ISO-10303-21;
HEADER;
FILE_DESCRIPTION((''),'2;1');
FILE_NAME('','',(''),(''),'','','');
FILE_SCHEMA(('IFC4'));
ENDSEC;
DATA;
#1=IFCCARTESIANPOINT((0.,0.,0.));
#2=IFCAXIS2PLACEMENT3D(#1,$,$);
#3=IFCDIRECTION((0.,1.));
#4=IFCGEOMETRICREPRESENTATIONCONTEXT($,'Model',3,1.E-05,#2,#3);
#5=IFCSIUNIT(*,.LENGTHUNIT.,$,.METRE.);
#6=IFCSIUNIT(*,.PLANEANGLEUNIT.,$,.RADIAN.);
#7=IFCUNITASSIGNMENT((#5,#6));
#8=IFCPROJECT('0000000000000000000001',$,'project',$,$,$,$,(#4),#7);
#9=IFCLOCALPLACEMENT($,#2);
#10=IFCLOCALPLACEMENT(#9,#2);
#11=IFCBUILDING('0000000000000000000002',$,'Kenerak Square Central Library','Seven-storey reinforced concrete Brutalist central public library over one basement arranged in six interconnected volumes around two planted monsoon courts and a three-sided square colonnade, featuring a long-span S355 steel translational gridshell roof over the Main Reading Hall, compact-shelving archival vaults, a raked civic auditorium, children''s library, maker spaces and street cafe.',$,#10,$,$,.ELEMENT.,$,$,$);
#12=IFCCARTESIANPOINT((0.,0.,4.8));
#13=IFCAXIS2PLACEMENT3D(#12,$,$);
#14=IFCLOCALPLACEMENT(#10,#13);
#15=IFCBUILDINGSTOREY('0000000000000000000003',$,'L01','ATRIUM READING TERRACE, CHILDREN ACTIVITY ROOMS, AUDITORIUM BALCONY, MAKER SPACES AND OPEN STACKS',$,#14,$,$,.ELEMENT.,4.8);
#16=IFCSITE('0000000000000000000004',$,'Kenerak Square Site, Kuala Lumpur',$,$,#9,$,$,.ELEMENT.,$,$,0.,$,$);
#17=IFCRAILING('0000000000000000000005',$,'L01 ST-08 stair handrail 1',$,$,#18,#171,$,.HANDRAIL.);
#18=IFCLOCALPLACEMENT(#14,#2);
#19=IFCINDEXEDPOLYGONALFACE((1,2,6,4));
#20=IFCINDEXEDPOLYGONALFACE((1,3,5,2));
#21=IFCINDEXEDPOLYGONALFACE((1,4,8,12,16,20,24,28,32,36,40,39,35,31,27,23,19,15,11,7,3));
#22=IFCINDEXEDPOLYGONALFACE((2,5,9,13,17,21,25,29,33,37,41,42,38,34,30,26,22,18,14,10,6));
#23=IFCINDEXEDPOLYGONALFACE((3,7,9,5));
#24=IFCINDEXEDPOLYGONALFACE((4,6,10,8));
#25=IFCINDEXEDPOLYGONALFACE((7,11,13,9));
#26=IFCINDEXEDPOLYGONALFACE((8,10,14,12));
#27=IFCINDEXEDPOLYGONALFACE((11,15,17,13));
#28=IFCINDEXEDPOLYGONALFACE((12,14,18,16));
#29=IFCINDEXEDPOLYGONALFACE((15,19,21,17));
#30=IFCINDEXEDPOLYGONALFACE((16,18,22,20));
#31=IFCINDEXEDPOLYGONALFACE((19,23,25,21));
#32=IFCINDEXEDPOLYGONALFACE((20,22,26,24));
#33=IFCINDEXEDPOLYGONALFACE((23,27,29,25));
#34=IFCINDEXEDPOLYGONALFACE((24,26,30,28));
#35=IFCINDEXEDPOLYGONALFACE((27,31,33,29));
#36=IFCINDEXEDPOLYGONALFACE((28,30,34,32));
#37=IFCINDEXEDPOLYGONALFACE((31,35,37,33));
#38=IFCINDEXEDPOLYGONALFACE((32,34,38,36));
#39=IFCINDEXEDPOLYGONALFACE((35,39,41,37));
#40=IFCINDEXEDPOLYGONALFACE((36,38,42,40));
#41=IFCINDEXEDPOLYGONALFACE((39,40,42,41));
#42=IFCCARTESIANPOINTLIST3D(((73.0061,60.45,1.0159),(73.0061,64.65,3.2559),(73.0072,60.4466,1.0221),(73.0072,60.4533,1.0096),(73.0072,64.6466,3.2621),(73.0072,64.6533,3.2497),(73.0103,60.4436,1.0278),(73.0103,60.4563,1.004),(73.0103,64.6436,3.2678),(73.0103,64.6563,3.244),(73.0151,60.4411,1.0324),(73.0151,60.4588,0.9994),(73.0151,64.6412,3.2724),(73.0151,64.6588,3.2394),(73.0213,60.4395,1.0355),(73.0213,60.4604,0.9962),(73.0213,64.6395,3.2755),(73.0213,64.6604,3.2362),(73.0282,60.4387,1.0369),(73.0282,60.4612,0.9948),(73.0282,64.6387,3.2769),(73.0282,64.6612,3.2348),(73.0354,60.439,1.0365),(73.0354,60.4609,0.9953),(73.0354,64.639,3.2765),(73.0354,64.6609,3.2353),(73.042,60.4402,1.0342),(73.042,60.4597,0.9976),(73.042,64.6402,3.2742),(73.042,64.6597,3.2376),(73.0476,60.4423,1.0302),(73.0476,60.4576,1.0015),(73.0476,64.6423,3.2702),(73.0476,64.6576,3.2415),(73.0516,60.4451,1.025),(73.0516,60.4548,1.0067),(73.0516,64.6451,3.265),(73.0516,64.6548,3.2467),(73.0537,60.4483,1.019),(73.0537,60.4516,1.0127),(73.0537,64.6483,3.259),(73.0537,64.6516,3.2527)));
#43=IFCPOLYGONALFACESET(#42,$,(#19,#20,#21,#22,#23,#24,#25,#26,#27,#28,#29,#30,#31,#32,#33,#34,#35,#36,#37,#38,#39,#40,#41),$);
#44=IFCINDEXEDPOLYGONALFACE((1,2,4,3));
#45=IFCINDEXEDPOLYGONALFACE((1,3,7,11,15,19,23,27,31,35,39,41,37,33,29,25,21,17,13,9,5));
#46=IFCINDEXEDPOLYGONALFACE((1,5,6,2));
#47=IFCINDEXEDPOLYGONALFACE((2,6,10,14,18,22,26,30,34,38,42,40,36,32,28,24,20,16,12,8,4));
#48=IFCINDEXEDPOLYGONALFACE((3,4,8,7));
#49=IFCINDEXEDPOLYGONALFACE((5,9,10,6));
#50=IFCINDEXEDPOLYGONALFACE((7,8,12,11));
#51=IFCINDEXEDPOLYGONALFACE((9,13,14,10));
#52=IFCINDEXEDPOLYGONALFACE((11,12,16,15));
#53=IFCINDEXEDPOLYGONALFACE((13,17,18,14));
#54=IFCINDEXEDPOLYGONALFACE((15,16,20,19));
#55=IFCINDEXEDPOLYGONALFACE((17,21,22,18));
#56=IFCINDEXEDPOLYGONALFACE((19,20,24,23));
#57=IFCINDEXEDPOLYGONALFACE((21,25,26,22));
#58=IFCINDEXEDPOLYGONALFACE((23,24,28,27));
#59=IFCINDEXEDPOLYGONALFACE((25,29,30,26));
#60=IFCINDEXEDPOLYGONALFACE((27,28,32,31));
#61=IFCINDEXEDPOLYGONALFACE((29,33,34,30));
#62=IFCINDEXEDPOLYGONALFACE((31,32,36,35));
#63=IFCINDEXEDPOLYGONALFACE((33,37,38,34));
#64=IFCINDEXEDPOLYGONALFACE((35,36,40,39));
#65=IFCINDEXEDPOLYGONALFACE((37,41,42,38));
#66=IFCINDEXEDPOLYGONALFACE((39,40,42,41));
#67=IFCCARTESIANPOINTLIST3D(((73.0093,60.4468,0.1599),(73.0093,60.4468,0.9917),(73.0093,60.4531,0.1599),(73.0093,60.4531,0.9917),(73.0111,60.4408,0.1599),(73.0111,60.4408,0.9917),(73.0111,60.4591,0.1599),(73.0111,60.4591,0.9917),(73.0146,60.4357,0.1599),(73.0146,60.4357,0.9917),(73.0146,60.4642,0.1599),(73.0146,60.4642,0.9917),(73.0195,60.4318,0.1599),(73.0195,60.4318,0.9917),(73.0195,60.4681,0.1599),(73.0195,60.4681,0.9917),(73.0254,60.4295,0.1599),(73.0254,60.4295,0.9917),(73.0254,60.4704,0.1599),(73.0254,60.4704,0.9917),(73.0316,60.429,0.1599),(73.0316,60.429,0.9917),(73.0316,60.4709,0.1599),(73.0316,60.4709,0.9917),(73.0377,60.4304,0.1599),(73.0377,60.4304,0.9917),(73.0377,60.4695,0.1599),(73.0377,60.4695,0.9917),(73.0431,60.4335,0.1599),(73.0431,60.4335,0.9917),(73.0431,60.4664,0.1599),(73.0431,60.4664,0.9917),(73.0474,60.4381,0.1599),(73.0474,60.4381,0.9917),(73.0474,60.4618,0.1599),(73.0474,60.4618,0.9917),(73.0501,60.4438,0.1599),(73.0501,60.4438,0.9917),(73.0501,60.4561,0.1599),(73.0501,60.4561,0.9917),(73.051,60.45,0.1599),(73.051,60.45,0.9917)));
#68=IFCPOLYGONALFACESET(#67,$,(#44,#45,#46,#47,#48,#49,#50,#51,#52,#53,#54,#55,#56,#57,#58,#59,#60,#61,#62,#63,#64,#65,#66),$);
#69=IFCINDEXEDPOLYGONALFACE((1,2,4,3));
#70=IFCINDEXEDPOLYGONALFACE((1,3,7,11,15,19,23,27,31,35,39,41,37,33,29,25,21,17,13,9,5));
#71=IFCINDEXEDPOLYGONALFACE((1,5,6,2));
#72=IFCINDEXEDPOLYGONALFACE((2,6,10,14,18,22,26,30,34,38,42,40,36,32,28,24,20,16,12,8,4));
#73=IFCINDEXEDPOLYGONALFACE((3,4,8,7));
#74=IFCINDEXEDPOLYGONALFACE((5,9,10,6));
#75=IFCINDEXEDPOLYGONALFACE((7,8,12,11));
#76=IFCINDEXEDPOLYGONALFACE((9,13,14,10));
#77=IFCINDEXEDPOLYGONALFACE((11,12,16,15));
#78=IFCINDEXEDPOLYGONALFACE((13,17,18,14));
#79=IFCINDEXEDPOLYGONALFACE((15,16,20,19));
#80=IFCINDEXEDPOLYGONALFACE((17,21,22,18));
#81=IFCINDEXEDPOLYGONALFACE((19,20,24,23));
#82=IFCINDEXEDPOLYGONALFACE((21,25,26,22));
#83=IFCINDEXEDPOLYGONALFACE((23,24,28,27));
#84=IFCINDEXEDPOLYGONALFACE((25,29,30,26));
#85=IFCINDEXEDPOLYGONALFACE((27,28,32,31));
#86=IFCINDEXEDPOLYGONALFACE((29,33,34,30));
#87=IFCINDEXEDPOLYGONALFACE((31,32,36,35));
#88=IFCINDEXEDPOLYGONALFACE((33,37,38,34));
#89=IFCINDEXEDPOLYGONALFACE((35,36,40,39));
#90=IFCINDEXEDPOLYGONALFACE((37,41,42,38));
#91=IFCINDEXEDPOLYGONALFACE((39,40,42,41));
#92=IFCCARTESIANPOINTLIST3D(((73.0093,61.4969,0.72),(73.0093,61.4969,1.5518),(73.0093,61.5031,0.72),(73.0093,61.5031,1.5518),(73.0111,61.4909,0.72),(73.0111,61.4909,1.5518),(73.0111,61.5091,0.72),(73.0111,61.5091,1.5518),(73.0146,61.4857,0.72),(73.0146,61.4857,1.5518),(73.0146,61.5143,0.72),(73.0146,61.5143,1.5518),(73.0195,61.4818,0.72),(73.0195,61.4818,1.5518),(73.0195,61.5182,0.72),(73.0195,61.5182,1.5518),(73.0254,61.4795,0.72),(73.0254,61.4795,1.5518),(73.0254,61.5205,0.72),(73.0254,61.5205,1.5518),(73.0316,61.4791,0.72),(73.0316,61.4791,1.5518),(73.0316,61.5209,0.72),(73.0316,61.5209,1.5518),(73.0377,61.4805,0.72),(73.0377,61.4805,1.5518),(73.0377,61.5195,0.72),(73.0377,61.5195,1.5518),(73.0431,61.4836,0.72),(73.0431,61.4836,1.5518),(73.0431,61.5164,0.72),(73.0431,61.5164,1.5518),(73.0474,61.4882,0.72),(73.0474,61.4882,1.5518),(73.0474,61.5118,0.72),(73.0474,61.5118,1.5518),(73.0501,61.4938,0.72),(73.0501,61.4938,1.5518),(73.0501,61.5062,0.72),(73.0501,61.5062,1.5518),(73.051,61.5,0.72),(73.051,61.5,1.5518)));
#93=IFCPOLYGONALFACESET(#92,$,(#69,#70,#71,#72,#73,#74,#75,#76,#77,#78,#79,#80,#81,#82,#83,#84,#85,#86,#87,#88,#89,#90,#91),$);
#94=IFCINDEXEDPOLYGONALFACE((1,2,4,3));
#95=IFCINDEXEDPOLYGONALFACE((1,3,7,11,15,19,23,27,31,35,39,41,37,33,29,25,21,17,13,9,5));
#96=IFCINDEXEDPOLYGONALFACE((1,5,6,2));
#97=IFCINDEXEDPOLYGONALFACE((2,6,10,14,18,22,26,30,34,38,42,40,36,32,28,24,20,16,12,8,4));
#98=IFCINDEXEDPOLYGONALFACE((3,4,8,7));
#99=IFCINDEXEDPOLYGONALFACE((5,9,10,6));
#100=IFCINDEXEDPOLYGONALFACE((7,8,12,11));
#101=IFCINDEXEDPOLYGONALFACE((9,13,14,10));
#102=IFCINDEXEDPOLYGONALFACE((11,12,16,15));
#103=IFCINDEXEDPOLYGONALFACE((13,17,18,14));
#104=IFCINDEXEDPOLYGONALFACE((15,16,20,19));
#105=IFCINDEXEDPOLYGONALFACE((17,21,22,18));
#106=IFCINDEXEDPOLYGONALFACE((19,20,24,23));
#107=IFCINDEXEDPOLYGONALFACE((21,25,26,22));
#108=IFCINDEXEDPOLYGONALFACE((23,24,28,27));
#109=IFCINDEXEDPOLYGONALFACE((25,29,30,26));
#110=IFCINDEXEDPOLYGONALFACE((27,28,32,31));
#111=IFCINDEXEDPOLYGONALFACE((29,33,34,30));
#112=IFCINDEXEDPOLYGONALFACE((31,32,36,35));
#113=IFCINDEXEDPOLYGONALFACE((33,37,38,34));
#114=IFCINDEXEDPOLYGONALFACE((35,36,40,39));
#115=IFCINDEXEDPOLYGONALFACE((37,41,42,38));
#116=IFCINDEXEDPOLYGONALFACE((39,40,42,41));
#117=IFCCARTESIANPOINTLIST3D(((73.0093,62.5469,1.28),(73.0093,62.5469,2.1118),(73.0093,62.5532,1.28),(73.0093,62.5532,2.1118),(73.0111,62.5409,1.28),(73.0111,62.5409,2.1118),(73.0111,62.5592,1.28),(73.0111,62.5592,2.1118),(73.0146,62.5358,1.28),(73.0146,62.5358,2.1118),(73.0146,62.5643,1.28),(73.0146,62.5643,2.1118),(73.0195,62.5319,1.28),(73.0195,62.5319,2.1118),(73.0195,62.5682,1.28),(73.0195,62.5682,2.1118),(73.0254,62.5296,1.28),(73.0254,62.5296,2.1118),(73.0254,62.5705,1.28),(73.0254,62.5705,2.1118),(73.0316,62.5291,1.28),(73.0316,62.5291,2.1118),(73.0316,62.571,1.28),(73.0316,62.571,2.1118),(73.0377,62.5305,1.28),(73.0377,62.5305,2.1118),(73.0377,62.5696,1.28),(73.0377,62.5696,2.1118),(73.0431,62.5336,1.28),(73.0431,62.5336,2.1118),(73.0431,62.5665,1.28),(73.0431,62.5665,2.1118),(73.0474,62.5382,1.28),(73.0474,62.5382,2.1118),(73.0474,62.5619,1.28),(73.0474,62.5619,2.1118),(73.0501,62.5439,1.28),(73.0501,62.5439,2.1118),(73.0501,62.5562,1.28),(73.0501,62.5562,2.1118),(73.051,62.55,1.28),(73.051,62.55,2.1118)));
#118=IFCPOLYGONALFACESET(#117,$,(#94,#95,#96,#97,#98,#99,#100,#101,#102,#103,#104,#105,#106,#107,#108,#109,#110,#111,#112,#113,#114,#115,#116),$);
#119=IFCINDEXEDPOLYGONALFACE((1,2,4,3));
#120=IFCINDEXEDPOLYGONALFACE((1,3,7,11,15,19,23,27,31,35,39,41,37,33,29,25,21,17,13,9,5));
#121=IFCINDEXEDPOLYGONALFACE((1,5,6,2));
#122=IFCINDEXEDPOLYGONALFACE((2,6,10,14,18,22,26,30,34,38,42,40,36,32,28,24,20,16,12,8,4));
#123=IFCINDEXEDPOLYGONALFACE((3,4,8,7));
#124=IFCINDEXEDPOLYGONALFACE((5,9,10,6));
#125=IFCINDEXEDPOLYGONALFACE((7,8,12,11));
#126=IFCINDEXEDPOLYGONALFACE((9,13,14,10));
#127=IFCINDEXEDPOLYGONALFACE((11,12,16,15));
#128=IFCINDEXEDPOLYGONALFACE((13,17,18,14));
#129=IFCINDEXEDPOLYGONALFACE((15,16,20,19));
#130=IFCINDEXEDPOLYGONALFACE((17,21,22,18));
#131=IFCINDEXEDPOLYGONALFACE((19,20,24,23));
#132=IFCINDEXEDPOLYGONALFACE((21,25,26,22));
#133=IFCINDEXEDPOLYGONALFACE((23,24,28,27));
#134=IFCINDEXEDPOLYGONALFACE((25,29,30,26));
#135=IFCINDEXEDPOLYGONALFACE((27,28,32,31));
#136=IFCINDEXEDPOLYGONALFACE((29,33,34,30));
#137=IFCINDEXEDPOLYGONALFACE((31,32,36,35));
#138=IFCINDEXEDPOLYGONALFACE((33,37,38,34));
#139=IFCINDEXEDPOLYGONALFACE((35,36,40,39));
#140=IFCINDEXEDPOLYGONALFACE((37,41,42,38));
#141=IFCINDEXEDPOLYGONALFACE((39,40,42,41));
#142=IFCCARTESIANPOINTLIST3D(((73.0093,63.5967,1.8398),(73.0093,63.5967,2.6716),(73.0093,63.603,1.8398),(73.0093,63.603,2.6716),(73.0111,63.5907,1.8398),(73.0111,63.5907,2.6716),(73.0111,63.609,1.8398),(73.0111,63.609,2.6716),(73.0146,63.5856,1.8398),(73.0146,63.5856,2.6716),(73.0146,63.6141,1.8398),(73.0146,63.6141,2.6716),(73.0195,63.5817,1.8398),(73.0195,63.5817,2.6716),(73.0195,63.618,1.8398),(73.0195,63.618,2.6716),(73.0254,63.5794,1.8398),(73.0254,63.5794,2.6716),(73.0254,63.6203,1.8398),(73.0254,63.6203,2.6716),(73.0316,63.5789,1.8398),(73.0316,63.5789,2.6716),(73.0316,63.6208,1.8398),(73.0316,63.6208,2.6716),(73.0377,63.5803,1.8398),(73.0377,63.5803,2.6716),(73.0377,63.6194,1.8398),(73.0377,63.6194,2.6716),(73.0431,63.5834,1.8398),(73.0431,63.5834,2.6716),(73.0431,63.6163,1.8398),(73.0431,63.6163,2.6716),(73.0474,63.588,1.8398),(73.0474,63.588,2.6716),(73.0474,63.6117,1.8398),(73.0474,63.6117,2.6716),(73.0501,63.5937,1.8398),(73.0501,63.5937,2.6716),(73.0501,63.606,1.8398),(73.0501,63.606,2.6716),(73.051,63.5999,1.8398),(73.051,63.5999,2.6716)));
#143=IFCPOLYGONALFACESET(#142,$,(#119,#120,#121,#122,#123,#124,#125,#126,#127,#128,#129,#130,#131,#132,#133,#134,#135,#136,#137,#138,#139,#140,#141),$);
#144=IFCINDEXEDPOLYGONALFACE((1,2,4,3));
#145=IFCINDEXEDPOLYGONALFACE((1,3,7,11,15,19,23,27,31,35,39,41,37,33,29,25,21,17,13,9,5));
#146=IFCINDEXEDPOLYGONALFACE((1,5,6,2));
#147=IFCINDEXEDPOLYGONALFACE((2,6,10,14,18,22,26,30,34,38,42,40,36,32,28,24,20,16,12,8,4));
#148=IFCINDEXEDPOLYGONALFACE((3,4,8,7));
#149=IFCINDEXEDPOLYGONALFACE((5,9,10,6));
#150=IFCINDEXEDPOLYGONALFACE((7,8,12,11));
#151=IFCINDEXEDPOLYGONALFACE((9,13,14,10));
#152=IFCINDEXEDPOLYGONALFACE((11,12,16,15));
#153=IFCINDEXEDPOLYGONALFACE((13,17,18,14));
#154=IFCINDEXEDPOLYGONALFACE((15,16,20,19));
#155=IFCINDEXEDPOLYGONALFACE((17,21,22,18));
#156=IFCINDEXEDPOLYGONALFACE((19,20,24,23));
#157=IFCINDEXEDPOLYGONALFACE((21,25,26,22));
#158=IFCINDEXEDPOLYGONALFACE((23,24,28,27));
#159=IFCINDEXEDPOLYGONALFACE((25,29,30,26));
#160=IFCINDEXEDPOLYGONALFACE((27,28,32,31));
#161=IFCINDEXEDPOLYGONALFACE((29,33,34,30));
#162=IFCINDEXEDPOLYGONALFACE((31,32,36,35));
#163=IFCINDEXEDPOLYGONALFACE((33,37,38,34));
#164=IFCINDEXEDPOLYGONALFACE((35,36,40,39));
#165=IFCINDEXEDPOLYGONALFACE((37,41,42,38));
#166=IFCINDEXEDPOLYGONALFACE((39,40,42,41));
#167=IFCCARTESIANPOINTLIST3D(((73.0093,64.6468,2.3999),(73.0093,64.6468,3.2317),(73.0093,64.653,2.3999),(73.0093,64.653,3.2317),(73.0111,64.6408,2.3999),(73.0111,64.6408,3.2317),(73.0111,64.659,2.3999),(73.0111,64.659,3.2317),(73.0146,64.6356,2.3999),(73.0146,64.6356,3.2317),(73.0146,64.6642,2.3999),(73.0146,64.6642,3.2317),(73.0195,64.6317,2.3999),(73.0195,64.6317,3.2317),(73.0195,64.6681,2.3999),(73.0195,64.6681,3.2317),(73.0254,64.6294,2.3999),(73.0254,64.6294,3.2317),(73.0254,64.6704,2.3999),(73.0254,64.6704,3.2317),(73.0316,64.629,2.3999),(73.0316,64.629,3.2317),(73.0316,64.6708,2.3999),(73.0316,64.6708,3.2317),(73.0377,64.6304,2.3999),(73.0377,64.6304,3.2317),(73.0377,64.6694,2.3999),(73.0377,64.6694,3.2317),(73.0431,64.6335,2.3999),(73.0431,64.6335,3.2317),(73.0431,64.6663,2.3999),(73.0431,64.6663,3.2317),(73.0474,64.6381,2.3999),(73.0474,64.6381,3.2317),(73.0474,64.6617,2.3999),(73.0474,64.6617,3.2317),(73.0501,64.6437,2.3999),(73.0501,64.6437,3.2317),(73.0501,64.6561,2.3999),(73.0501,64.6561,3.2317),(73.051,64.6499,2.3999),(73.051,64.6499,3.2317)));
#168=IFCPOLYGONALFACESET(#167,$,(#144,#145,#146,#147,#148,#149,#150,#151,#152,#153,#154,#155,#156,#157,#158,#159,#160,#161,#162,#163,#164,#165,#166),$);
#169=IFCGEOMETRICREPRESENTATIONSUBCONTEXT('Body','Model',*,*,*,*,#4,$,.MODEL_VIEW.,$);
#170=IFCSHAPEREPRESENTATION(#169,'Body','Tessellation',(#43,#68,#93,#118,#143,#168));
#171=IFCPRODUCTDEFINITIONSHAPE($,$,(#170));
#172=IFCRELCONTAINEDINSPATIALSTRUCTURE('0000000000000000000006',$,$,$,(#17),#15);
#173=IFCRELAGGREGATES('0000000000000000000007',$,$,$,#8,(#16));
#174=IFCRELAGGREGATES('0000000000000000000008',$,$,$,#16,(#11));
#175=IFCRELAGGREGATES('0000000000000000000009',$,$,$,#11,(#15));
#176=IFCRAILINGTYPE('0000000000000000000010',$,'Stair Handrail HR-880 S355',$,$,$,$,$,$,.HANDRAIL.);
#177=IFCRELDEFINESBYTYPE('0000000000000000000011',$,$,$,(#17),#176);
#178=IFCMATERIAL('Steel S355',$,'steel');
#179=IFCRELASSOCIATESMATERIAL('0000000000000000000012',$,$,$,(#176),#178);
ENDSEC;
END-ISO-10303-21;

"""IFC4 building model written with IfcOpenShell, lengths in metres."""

from ifc_helpers import new_model, si_unit, direction, frame, origin, origin_2d, place, context, subcontext, project, spatial, circle, extrude, material, type_object, element, save


model = new_model("IFC4")

# Units and contexts
model_context = context("Model", 3, precision=1e-05, world=origin(), true_north=direction((0.0, 1.0)))
body_context = subcontext(model_context, "Body", "Model", "MODEL_VIEW")
ifc_project = project(units=[si_unit("LENGTHUNIT", "METRE"), si_unit("PLANEANGLEUNIT", "RADIAN")], contexts=[model_context])

# Site, building, storey
site_placement = place(None, origin())
site = spatial("IfcSite", under=ifc_project, at=site_placement, Name="Kenerak Square Site, Kuala Lumpur", CompositionType="ELEMENT", RefElevation=0.0)
building_placement = place(site_placement, origin())
building = spatial("IfcBuilding", under=site, at=building_placement, Name="Kenerak Square Central Library", Description="Seven-storey reinforced concrete Brutalist central public library over one basement arranged in six interconnected volumes around two planted monsoon courts and a three-sided square colonnade, featuring a long-span S355 steel translational gridshell roof over the Main Reading Hall, compact-shelving archival vaults, a raked civic auditorium, children's library, maker spaces and street cafe.", CompositionType="ELEMENT")
storey_placement = place(building_placement, frame((0.0, 0.0, 4.8)))
storey = spatial("IfcBuildingStorey", under=building, at=storey_placement, Name="L01", Description="ATRIUM READING TERRACE, CHILDREN ACTIVITY ROOMS, AUDITORIUM BALCONY, MAKER SPACES AND OPEN STACKS", CompositionType="ELEMENT", Elevation=4.8)

# Shared definitions
ifc_material_1 = material(Name="Steel S355", Category="steel")

# Railing
railing_type_1 = type_object("IfcRailingType", Name="Stair Handrail HR-880 S355", PredefinedType="HANDRAIL", material=ifc_material_1)
railing_1_placement = place(storey_placement, frame((73.03, 60.45, 0.1599)))
element("IfcRailing", 1, at=railing_1_placement, inside=storey, type_object=railing_type_1, Name="L01 ST-08 stair handrail 1", PredefinedType="HANDRAIL", context=body_context, shape_type="SweptSolid", body=[
    extrude(circle(Radius=0.0239, at=origin_2d()), frame((0.0, 0.0, 0.856), z_axis=(0.0, 0.882352, 0.470591), x_axis=(-1.0, 0.0, 0.0)), (0.0, 0.0, 1.0), 4.76),
    extrude(circle(Radius=0.021, at=origin_2d()), origin(), (0.0, 0.0, 1.0), 0.8318),
    extrude(circle(Radius=0.021, at=origin_2d()), frame((0.0, 1.05, 0.5601)), (0.0, 0.0, 1.0), 0.8318),
    extrude(circle(Radius=0.021, at=origin_2d()), frame((0.0, 2.1001, 1.1201)), (0.0, 0.0, 1.0), 0.8318),
    extrude(circle(Radius=0.021, at=origin_2d()), frame((0.0, 3.1499, 1.6799)), (0.0, 0.0, 1.0), 0.8318),
    extrude(circle(Radius=0.021, at=origin_2d()), frame((0.0, 4.2, 2.24)), (0.0, 0.0, 1.0), 0.8318),
])

save(model, "model.ifc")
